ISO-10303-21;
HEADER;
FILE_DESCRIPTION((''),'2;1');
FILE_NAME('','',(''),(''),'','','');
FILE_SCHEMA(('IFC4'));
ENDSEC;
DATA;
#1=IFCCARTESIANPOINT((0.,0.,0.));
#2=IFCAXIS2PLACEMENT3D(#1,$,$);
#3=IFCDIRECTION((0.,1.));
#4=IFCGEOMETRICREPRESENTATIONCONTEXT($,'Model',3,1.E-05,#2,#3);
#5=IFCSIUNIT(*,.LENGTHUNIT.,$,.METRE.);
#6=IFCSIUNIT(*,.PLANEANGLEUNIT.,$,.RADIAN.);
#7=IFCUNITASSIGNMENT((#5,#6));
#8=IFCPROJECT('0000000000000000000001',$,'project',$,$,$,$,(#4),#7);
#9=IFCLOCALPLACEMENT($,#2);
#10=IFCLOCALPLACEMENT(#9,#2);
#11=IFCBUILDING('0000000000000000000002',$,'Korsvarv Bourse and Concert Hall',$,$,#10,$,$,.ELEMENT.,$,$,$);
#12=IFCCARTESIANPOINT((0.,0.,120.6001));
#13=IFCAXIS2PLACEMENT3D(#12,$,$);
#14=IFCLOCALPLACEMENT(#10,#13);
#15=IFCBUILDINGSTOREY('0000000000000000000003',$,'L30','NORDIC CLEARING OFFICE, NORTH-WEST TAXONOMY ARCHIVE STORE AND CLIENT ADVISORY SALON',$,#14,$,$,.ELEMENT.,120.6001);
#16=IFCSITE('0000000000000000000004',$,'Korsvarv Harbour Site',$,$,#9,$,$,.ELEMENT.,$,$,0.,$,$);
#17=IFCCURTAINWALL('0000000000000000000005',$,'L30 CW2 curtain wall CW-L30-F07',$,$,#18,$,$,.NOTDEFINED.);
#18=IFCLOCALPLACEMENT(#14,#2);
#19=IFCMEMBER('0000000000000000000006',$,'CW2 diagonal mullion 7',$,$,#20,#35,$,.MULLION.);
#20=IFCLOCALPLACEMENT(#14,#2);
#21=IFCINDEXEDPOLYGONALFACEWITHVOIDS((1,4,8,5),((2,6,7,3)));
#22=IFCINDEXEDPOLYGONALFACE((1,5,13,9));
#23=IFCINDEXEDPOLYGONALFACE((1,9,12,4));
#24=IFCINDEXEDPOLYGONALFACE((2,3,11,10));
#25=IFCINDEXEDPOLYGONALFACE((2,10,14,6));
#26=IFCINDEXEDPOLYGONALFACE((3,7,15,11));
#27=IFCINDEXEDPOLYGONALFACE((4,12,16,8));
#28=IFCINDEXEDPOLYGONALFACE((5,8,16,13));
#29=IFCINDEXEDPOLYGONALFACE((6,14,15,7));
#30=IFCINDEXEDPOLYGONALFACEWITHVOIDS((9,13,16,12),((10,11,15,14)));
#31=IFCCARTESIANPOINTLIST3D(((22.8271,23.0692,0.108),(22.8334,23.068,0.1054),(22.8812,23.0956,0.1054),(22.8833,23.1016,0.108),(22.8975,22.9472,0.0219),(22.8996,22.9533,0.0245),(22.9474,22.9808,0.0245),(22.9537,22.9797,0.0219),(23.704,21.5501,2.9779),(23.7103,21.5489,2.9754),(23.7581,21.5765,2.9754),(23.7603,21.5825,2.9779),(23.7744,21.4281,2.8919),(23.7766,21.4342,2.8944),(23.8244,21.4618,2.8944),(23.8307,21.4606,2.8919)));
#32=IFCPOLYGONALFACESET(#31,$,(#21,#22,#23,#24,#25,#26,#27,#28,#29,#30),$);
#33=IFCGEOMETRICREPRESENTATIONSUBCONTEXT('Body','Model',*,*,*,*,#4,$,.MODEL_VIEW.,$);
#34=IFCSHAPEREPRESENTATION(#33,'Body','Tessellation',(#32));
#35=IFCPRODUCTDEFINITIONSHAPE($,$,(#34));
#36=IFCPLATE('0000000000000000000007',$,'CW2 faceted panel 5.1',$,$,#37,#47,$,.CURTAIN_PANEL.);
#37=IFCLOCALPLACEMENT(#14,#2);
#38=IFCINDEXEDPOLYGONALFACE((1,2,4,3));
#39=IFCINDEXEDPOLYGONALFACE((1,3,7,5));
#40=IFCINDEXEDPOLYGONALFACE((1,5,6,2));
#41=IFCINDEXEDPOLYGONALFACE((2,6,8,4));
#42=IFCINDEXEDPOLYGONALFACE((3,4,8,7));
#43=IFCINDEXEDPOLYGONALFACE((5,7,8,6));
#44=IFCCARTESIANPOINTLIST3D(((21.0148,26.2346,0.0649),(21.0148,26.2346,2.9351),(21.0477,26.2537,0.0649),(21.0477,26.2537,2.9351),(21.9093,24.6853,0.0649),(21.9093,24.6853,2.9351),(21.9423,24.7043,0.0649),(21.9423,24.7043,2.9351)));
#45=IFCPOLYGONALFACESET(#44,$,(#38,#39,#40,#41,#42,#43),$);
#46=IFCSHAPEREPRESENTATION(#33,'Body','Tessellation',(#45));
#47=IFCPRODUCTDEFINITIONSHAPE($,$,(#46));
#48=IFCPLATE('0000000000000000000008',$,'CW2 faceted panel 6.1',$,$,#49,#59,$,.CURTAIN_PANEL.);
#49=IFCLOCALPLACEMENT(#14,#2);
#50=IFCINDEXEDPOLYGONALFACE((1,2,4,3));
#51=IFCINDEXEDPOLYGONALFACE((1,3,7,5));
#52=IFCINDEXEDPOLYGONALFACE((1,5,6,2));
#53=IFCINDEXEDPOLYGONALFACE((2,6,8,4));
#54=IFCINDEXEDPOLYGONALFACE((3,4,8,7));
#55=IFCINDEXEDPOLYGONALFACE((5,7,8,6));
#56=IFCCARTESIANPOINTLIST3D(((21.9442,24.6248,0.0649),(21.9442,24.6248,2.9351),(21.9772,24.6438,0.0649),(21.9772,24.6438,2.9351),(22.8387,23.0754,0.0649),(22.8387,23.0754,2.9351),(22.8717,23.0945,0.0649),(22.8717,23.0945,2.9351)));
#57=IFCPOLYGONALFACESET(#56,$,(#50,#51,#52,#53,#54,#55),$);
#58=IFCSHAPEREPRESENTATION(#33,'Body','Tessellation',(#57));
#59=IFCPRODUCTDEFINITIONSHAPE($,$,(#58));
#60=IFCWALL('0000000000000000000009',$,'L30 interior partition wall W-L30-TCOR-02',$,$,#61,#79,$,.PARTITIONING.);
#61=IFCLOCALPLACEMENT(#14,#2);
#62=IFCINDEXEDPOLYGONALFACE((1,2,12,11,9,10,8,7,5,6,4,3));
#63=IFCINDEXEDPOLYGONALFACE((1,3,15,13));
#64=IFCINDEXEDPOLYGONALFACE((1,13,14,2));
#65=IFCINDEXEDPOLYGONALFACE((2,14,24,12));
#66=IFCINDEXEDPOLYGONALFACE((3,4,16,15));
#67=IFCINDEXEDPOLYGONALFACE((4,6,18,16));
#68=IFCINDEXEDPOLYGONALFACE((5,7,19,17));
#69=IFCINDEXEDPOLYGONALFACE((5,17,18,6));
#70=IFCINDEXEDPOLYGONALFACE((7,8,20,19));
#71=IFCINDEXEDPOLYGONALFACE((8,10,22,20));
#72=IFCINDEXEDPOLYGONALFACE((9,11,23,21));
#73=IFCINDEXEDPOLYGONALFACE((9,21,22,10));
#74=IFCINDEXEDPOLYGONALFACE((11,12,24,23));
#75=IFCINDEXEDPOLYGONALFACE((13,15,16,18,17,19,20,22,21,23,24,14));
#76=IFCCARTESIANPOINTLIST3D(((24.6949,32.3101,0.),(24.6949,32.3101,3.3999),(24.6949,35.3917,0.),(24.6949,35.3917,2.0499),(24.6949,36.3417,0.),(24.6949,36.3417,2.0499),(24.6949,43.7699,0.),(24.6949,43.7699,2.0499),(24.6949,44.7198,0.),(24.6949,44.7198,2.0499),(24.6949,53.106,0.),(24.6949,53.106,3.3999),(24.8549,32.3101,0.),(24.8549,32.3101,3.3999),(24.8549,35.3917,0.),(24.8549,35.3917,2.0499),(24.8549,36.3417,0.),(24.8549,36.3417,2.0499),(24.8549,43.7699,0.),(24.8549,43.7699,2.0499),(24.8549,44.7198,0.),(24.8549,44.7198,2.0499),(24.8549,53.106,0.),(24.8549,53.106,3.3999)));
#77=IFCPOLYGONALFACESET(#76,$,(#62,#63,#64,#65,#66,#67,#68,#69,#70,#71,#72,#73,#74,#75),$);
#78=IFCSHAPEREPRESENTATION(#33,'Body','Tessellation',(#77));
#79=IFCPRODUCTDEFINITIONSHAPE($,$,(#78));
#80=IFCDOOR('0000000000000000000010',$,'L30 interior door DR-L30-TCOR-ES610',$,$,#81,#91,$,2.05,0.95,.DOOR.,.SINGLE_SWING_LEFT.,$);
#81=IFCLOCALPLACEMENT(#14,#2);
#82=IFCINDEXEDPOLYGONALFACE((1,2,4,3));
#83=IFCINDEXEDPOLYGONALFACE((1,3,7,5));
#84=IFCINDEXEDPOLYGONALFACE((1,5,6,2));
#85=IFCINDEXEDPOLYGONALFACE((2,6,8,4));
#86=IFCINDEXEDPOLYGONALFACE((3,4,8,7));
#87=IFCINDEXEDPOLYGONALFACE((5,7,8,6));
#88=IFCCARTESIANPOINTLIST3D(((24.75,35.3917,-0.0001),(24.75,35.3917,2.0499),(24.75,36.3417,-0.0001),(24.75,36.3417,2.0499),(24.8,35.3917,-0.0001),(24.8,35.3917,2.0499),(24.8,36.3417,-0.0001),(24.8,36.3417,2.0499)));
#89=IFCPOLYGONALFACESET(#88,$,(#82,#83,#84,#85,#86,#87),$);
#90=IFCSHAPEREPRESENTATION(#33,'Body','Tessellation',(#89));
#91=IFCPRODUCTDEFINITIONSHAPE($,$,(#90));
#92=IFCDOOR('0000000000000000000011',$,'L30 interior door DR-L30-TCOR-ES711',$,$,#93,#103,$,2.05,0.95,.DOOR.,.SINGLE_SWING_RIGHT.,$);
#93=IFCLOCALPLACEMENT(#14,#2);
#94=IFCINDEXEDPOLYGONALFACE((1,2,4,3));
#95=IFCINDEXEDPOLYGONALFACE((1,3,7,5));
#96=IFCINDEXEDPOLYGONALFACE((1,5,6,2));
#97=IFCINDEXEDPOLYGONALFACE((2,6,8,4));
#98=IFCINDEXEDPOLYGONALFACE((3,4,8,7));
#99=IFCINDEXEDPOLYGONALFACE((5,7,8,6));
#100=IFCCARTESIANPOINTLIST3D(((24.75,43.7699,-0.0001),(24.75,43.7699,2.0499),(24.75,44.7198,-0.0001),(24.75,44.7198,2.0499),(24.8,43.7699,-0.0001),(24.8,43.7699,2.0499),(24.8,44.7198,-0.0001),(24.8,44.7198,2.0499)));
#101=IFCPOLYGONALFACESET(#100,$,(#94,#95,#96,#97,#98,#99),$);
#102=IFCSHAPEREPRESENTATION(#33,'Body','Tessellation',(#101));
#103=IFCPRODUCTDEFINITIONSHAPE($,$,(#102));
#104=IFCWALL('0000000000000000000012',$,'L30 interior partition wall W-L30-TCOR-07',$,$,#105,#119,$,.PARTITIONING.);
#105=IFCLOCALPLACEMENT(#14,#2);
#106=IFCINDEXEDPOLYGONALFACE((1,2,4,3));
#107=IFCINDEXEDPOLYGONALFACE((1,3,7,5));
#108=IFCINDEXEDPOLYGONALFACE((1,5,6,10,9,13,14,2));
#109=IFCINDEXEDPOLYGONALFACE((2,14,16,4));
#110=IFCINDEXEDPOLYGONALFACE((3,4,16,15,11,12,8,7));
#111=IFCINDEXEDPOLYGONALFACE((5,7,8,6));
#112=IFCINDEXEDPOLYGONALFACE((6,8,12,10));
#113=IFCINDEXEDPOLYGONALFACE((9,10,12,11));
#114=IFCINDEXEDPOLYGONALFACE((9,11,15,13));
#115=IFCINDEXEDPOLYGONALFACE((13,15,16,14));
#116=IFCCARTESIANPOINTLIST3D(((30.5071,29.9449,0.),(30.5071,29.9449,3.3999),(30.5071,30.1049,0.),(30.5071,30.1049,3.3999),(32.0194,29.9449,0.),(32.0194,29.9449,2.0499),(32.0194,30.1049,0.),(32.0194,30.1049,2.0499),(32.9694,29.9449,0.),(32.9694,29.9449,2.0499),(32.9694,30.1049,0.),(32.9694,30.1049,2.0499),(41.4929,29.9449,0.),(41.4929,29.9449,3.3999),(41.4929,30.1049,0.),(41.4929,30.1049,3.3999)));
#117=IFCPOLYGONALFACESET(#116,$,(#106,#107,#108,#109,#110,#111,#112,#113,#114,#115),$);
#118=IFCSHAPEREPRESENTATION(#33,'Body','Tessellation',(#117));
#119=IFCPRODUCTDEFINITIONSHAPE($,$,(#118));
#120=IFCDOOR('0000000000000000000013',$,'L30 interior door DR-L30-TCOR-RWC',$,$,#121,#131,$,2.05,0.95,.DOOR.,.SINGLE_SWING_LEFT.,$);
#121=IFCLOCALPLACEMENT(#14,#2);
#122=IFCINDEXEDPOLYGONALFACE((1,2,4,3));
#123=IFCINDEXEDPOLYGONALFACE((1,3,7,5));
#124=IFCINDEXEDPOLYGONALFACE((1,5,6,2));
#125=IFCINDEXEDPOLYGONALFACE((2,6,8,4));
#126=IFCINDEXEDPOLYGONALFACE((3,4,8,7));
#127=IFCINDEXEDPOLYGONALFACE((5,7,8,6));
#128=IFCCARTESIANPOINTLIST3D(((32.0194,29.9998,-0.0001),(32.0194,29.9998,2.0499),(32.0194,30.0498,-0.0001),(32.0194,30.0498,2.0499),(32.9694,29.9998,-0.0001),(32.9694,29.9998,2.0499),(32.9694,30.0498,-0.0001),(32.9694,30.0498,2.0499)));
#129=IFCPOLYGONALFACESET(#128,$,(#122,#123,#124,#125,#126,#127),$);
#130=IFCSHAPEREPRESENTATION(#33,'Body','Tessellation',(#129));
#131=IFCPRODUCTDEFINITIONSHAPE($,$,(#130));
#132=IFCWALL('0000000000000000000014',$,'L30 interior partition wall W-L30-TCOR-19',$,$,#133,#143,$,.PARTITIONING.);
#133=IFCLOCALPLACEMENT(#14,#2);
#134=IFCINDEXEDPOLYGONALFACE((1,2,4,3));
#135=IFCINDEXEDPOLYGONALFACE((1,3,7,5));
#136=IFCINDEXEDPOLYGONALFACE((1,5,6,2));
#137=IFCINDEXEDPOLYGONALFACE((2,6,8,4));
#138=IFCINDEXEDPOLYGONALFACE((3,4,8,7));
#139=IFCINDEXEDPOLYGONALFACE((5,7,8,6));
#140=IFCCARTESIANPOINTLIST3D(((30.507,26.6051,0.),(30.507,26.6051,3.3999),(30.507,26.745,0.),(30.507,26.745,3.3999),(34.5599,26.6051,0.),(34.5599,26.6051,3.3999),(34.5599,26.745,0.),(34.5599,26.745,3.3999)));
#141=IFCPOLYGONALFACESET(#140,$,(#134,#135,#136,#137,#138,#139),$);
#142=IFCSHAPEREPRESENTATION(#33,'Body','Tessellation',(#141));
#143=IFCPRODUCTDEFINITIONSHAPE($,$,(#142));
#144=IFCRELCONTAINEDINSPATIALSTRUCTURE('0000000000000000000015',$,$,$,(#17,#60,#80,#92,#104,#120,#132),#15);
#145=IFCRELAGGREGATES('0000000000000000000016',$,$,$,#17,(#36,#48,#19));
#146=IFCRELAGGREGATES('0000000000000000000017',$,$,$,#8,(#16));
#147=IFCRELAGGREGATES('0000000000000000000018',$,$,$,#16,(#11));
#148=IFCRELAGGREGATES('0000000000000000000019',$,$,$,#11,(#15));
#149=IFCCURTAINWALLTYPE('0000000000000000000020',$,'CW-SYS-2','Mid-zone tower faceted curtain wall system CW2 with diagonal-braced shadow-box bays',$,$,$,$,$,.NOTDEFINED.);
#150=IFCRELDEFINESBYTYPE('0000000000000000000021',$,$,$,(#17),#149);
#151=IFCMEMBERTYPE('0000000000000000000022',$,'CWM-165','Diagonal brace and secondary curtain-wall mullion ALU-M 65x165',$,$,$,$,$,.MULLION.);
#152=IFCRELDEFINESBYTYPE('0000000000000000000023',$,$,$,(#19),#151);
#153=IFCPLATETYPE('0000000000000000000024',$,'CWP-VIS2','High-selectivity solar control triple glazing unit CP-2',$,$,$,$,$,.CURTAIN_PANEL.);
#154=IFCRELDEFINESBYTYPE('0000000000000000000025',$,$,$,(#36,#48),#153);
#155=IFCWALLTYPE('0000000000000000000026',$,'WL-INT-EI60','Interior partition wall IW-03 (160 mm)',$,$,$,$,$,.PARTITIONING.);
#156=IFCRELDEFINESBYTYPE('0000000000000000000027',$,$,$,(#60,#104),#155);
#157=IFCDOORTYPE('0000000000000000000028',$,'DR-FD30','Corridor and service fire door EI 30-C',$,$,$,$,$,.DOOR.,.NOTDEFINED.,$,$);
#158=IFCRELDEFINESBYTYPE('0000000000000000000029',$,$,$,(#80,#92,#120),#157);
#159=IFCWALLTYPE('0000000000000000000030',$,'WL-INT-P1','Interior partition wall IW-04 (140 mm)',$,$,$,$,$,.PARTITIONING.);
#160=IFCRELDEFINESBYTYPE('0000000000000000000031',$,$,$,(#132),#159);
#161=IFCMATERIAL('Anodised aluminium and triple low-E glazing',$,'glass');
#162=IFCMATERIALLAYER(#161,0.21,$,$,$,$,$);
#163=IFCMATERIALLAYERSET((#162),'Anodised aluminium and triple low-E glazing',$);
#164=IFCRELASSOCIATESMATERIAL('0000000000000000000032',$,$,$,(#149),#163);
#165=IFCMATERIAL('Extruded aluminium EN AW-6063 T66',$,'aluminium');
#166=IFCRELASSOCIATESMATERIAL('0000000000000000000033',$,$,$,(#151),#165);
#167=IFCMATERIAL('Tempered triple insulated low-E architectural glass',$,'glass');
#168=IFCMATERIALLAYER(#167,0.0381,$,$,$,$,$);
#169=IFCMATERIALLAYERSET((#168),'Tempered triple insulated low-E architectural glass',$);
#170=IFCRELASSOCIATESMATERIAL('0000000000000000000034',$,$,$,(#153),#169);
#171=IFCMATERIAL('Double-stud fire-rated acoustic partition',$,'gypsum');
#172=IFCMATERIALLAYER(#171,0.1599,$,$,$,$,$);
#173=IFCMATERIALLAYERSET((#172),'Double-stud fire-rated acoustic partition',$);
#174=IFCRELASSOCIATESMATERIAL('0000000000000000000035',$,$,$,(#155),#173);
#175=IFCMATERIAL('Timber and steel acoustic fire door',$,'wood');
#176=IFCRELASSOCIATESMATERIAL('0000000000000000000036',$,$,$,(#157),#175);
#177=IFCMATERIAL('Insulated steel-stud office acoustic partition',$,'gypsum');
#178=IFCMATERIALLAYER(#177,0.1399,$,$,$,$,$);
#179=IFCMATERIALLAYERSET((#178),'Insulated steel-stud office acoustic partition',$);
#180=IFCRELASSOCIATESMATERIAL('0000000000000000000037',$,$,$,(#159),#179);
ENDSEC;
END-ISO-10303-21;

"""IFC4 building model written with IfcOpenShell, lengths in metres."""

from ifc_helpers import new_model, si_unit, direction, frame, frame_2d, origin, origin_2d, place, context, subcontext, project, spatial, rectangle, hollow_rectangle, extrude, source, transform, mapped, material, layer, layer_set, material_profile, profile_set, type_object, element, fill, aggregate, save


model = new_model("IFC4")

# Units and contexts
model_context = context("Model", 3, precision=1e-05, world=origin(), true_north=direction((0.0, 1.0)))
body_context = subcontext(model_context, "Body", "Model", "MODEL_VIEW")
ifc_project = project(units=[si_unit("LENGTHUNIT", "METRE"), si_unit("PLANEANGLEUNIT", "RADIAN")], contexts=[model_context])

# Site, building, storey
site_placement = place(None, origin())
site = spatial("IfcSite", under=ifc_project, at=site_placement, Name="Korsvarv Harbour Site", CompositionType="ELEMENT", RefElevation=0.0)
building_placement = place(site_placement, origin())
building = spatial("IfcBuilding", under=site, at=building_placement, Name="Korsvarv Bourse and Concert Hall", CompositionType="ELEMENT")
storey_placement = place(building_placement, frame((0.0, 0.0, 120.6001)))
storey = spatial("IfcBuildingStorey", under=building, at=storey_placement, Name="L30", Description="NORDIC CLEARING OFFICE, NORTH-WEST TAXONOMY ARCHIVE STORE AND CLIENT ADVISORY SALON", CompositionType="ELEMENT", Elevation=120.6001)

# Curtain wall, member, plates
ifc_material_1 = material(Name="Anodised aluminium and triple low-E glazing", Category="glass")
ifc_layer_1 = layer(ifc_material_1, 0.21)
ifc_layer_set_1 = layer_set([ifc_layer_1], Name="Anodised aluminium and triple low-E glazing")
curtain_wall_type = type_object("IfcCurtainWallType", Name="CW-SYS-2", Description="Mid-zone tower faceted curtain wall system CW2 with diagonal-braced shadow-box bays", PredefinedType="NOTDEFINED", material=ifc_layer_set_1)
curtain_wall_placement = place(storey_placement, origin())
curtain_wall = element("IfcCurtainWall", 1, at=curtain_wall_placement, inside=storey, type_object=curtain_wall_type, Name="L30 CW2 curtain wall CW-L30-F07", PredefinedType="NOTDEFINED")
ifc_material_2 = material(Name="Extruded aluminium EN AW-6063 T66", Category="aluminium")
ifc_material_profile_1 = material_profile(ifc_material_2, hollow_rectangle(XDim=0.0649, YDim=0.165, WallThickness=0.0049, at=origin_2d()), Name="ALU-M 65x165")
ifc_profile_set_1 = profile_set([ifc_material_profile_1], Name="Extruded aluminium EN AW-6063 T66")
member_type_1 = type_object("IfcMemberType", Name="CWM-165", Description="Diagonal brace and secondary curtain-wall mullion ALU-M 65x165", PredefinedType="MULLION", material=ifc_profile_set_1)
shared_shape_1 = source(origin(), body_context, "Body", "SweptSolid", [
    extrude(hollow_rectangle(XDim=0.0649, YDim=0.165, WallThickness=0.0049, at=origin_2d()), origin(), (0.0, 0.0, 1.0), 3.3635),
])
member_1_placement = place(storey_placement, frame((22.8904, 23.0244, 0.0649), z_axis=(0.260731, -0.451634, 0.853256), x_axis=(0.866042, 0.499971, 0.0)))
member_1 = element("IfcMember", 2, at=member_1_placement, type_object=member_type_1, Name="CW2 diagonal mullion 7", PredefinedType="MULLION", context=body_context, shape_type="MappedRepresentation", body=[
    mapped(shared_shape_1, transform((0.0, 0.0, 0.0), scale=1.0)),
])
ifc_material_3 = material(Name="Tempered triple insulated low-E architectural glass", Category="glass")
ifc_layer_2 = layer(ifc_material_3, 0.0381)
ifc_layer_set_2 = layer_set([ifc_layer_2], Name="Tempered triple insulated low-E architectural glass")
plate_type = type_object("IfcPlateType", Name="CWP-VIS2", Description="High-selectivity solar control triple glazing unit CP-2", PredefinedType="CURTAIN_PANEL", material=ifc_layer_set_2)
shared_shape_2 = source(origin(), body_context, "Body", "SweptSolid", [
    extrude(rectangle(XDim=1.7891, YDim=0.0381, at=origin_2d()), origin(), (0.0, 0.0, 1.0), 2.8701),
])
plate_1_placement = place(storey_placement, frame((21.4785, 25.4695, 0.0649), z_axis=(0.0, 0.0, 1.0), x_axis=(0.500007, -0.866021, 0.0)))
plate_1 = element("IfcPlate", 3, at=plate_1_placement, type_object=plate_type, Name="CW2 faceted panel 5.1", PredefinedType="CURTAIN_PANEL", context=body_context, shape_type="MappedRepresentation", body=[
    mapped(shared_shape_2, transform((0.0, 0.0, 0.0), scale=1.0)),
])
plate_2_placement = place(storey_placement, frame((22.408, 23.8596, 0.0649), z_axis=(0.0, 0.0, 1.0), x_axis=(0.500007, -0.866021, 0.0)))
plate_2 = element("IfcPlate", 4, at=plate_2_placement, type_object=plate_type, Name="CW2 faceted panel 6.1", PredefinedType="CURTAIN_PANEL", context=body_context, shape_type="MappedRepresentation", body=[
    mapped(shared_shape_2, transform((0.0, 0.0, 0.0), scale=1.0)),
])
aggregate(curtain_wall, [plate_1, plate_2, member_1])

# Wall, openings, doors
ifc_material_4 = material(Name="Double-stud fire-rated acoustic partition", Category="gypsum")
ifc_layer_3 = layer(ifc_material_4, 0.1599)
ifc_layer_set_3 = layer_set([ifc_layer_3], Name="Double-stud fire-rated acoustic partition")
wall_type_1 = type_object("IfcWallType", Name="WL-INT-EI60", Description="Interior partition wall IW-03 (160 mm)", PredefinedType="PARTITIONING", material=ifc_layer_set_3)
wall_1_placement = place(storey_placement, frame((24.7749, 32.3101, 0.0), z_axis=(0.0, 0.0, 1.0), x_axis=(0.0, 1.0, 0.0)))
wall_1 = element("IfcWall", 5, at=wall_1_placement, inside=storey, type_object=wall_type_1, Name="L30 interior partition wall W-L30-TCOR-02", PredefinedType="PARTITIONING", context=body_context, shape_type="SweptSolid", body=[
    extrude(rectangle(XDim=20.7959, YDim=0.1599, at=frame_2d((10.3979, 0.0))), origin(), (0.0, 0.0, 1.0), 3.3999),
])
opening_1_placement = place(wall_1_placement, frame((3.0815, 0.0, 0.0)))
opening_1 = element("IfcOpeningElement", 6, at=opening_1_placement, cuts=wall_1, PredefinedType="OPENING", context=body_context, shape_type="SweptSolid", body=[
    extrude(rectangle(XDim=0.95, YDim=2.05, at=frame_2d((0.4751, 1.0249))), frame((0.0, 0.0898, 0.0), z_axis=(0.0, -1.0, 0.0), x_axis=(1.0, 0.0, 0.0)), (0.0, 0.0, 1.0), 0.1799),
])
opening_2_placement = place(wall_1_placement, frame((11.4597, 0.0, 0.0)))
opening_2 = element("IfcOpeningElement", 7, at=opening_2_placement, cuts=wall_1, PredefinedType="OPENING", context=body_context, shape_type="SweptSolid", body=[
    extrude(rectangle(XDim=0.95, YDim=2.05, at=frame_2d((0.4751, 1.0249))), frame((0.0, 0.0898, 0.0), z_axis=(0.0, -1.0, 0.0), x_axis=(1.0, 0.0, 0.0)), (0.0, 0.0, 1.0), 0.1799),
])
ifc_material_5 = material(Name="Timber and steel acoustic fire door", Category="wood")
door_type = type_object("IfcDoorType", Name="DR-FD30", Description="Corridor and service fire door EI 30-C", OperationType="NOTDEFINED", PredefinedType="DOOR", material=ifc_material_5)
door_1_placement = place(opening_1_placement, origin())
door_1 = element("IfcDoor", 8, at=door_1_placement, inside=storey, type_object=door_type, Name="L30 interior door DR-L30-TCOR-ES610", OperationType="SINGLE_SWING_LEFT", OverallHeight=2.05, OverallWidth=0.95, PredefinedType="DOOR", context=body_context, shape_type="SweptSolid", body=[
    extrude(rectangle(XDim=0.95, YDim=2.05, at=frame_2d((0.4751, 1.0249))), frame((0.0, 0.0249, 0.0), z_axis=(0.0, -1.0, 0.0), x_axis=(1.0, 0.0, 0.0)), (0.0, 0.0, 1.0), 0.05),
])
fill(opening_1, door_1)
door_2_placement = place(opening_2_placement, origin())
door_2 = element("IfcDoor", 9, at=door_2_placement, inside=storey, type_object=door_type, Name="L30 interior door DR-L30-TCOR-ES711", OperationType="SINGLE_SWING_RIGHT", OverallHeight=2.05, OverallWidth=0.95, PredefinedType="DOOR", context=body_context, shape_type="SweptSolid", body=[
    extrude(rectangle(XDim=0.95, YDim=2.05, at=frame_2d((0.4751, 1.0249))), frame((0.0, 0.0249, 0.0), z_axis=(0.0, -1.0, 0.0), x_axis=(1.0, 0.0, 0.0)), (0.0, 0.0, 1.0), 0.05),
])
fill(opening_2, door_2)

# Wall, opening, door
wall_2_placement = place(storey_placement, frame((30.5071, 30.0249, 0.0), z_axis=(0.0, 0.0, 1.0), x_axis=(1.0, 0.0, 0.0)))
wall_2 = element("IfcWall", 10, at=wall_2_placement, inside=storey, type_object=wall_type_1, Name="L30 interior partition wall W-L30-TCOR-07", PredefinedType="PARTITIONING", context=body_context, shape_type="SweptSolid", body=[
    extrude(rectangle(XDim=10.9858, YDim=0.1599, at=frame_2d((5.4929, 0.0))), origin(), (0.0, 0.0, 1.0), 3.3999),
])
opening_3_placement = place(wall_2_placement, frame((1.5122, 0.0, 0.0)))
opening_3 = element("IfcOpeningElement", 11, at=opening_3_placement, cuts=wall_2, PredefinedType="OPENING", context=body_context, shape_type="SweptSolid", body=[
    extrude(rectangle(XDim=0.95, YDim=2.05, at=frame_2d((0.4751, 1.0249))), frame((0.0, 0.0898, 0.0), z_axis=(0.0, -1.0, 0.0), x_axis=(1.0, 0.0, 0.0)), (0.0, 0.0, 1.0), 0.1799),
])
door_3_placement = place(opening_3_placement, origin())
door_3 = element("IfcDoor", 12, at=door_3_placement, inside=storey, type_object=door_type, Name="L30 interior door DR-L30-TCOR-RWC", OperationType="SINGLE_SWING_LEFT", OverallHeight=2.05, OverallWidth=0.95, PredefinedType="DOOR", context=body_context, shape_type="SweptSolid", body=[
    extrude(rectangle(XDim=0.95, YDim=2.05, at=frame_2d((0.4751, 1.0249))), frame((0.0, 0.0249, 0.0), z_axis=(0.0, -1.0, 0.0), x_axis=(1.0, 0.0, 0.0)), (0.0, 0.0, 1.0), 0.05),
])
fill(opening_3, door_3)

# Wall
ifc_material_6 = material(Name="Insulated steel-stud office acoustic partition", Category="gypsum")
ifc_layer_4 = layer(ifc_material_6, 0.1399)
ifc_layer_set_4 = layer_set([ifc_layer_4], Name="Insulated steel-stud office acoustic partition")
wall_type_2 = type_object("IfcWallType", Name="WL-INT-P1", Description="Interior partition wall IW-04 (140 mm)", PredefinedType="PARTITIONING", material=ifc_layer_set_4)
wall_3_placement = place(storey_placement, frame((30.5071, 26.675, 0.0), z_axis=(0.0, 0.0, 1.0), x_axis=(1.0, 0.0, 0.0)))
element("IfcWall", 13, at=wall_3_placement, inside=storey, type_object=wall_type_2, Name="L30 interior partition wall W-L30-TCOR-19", PredefinedType="PARTITIONING", context=body_context, shape_type="SweptSolid", body=[
    extrude(rectangle(XDim=4.053, YDim=0.1399, at=frame_2d((2.0264, 0.0))), origin(), (0.0, 0.0, 1.0), 3.3999),
])

save(model, "model.ifc")
